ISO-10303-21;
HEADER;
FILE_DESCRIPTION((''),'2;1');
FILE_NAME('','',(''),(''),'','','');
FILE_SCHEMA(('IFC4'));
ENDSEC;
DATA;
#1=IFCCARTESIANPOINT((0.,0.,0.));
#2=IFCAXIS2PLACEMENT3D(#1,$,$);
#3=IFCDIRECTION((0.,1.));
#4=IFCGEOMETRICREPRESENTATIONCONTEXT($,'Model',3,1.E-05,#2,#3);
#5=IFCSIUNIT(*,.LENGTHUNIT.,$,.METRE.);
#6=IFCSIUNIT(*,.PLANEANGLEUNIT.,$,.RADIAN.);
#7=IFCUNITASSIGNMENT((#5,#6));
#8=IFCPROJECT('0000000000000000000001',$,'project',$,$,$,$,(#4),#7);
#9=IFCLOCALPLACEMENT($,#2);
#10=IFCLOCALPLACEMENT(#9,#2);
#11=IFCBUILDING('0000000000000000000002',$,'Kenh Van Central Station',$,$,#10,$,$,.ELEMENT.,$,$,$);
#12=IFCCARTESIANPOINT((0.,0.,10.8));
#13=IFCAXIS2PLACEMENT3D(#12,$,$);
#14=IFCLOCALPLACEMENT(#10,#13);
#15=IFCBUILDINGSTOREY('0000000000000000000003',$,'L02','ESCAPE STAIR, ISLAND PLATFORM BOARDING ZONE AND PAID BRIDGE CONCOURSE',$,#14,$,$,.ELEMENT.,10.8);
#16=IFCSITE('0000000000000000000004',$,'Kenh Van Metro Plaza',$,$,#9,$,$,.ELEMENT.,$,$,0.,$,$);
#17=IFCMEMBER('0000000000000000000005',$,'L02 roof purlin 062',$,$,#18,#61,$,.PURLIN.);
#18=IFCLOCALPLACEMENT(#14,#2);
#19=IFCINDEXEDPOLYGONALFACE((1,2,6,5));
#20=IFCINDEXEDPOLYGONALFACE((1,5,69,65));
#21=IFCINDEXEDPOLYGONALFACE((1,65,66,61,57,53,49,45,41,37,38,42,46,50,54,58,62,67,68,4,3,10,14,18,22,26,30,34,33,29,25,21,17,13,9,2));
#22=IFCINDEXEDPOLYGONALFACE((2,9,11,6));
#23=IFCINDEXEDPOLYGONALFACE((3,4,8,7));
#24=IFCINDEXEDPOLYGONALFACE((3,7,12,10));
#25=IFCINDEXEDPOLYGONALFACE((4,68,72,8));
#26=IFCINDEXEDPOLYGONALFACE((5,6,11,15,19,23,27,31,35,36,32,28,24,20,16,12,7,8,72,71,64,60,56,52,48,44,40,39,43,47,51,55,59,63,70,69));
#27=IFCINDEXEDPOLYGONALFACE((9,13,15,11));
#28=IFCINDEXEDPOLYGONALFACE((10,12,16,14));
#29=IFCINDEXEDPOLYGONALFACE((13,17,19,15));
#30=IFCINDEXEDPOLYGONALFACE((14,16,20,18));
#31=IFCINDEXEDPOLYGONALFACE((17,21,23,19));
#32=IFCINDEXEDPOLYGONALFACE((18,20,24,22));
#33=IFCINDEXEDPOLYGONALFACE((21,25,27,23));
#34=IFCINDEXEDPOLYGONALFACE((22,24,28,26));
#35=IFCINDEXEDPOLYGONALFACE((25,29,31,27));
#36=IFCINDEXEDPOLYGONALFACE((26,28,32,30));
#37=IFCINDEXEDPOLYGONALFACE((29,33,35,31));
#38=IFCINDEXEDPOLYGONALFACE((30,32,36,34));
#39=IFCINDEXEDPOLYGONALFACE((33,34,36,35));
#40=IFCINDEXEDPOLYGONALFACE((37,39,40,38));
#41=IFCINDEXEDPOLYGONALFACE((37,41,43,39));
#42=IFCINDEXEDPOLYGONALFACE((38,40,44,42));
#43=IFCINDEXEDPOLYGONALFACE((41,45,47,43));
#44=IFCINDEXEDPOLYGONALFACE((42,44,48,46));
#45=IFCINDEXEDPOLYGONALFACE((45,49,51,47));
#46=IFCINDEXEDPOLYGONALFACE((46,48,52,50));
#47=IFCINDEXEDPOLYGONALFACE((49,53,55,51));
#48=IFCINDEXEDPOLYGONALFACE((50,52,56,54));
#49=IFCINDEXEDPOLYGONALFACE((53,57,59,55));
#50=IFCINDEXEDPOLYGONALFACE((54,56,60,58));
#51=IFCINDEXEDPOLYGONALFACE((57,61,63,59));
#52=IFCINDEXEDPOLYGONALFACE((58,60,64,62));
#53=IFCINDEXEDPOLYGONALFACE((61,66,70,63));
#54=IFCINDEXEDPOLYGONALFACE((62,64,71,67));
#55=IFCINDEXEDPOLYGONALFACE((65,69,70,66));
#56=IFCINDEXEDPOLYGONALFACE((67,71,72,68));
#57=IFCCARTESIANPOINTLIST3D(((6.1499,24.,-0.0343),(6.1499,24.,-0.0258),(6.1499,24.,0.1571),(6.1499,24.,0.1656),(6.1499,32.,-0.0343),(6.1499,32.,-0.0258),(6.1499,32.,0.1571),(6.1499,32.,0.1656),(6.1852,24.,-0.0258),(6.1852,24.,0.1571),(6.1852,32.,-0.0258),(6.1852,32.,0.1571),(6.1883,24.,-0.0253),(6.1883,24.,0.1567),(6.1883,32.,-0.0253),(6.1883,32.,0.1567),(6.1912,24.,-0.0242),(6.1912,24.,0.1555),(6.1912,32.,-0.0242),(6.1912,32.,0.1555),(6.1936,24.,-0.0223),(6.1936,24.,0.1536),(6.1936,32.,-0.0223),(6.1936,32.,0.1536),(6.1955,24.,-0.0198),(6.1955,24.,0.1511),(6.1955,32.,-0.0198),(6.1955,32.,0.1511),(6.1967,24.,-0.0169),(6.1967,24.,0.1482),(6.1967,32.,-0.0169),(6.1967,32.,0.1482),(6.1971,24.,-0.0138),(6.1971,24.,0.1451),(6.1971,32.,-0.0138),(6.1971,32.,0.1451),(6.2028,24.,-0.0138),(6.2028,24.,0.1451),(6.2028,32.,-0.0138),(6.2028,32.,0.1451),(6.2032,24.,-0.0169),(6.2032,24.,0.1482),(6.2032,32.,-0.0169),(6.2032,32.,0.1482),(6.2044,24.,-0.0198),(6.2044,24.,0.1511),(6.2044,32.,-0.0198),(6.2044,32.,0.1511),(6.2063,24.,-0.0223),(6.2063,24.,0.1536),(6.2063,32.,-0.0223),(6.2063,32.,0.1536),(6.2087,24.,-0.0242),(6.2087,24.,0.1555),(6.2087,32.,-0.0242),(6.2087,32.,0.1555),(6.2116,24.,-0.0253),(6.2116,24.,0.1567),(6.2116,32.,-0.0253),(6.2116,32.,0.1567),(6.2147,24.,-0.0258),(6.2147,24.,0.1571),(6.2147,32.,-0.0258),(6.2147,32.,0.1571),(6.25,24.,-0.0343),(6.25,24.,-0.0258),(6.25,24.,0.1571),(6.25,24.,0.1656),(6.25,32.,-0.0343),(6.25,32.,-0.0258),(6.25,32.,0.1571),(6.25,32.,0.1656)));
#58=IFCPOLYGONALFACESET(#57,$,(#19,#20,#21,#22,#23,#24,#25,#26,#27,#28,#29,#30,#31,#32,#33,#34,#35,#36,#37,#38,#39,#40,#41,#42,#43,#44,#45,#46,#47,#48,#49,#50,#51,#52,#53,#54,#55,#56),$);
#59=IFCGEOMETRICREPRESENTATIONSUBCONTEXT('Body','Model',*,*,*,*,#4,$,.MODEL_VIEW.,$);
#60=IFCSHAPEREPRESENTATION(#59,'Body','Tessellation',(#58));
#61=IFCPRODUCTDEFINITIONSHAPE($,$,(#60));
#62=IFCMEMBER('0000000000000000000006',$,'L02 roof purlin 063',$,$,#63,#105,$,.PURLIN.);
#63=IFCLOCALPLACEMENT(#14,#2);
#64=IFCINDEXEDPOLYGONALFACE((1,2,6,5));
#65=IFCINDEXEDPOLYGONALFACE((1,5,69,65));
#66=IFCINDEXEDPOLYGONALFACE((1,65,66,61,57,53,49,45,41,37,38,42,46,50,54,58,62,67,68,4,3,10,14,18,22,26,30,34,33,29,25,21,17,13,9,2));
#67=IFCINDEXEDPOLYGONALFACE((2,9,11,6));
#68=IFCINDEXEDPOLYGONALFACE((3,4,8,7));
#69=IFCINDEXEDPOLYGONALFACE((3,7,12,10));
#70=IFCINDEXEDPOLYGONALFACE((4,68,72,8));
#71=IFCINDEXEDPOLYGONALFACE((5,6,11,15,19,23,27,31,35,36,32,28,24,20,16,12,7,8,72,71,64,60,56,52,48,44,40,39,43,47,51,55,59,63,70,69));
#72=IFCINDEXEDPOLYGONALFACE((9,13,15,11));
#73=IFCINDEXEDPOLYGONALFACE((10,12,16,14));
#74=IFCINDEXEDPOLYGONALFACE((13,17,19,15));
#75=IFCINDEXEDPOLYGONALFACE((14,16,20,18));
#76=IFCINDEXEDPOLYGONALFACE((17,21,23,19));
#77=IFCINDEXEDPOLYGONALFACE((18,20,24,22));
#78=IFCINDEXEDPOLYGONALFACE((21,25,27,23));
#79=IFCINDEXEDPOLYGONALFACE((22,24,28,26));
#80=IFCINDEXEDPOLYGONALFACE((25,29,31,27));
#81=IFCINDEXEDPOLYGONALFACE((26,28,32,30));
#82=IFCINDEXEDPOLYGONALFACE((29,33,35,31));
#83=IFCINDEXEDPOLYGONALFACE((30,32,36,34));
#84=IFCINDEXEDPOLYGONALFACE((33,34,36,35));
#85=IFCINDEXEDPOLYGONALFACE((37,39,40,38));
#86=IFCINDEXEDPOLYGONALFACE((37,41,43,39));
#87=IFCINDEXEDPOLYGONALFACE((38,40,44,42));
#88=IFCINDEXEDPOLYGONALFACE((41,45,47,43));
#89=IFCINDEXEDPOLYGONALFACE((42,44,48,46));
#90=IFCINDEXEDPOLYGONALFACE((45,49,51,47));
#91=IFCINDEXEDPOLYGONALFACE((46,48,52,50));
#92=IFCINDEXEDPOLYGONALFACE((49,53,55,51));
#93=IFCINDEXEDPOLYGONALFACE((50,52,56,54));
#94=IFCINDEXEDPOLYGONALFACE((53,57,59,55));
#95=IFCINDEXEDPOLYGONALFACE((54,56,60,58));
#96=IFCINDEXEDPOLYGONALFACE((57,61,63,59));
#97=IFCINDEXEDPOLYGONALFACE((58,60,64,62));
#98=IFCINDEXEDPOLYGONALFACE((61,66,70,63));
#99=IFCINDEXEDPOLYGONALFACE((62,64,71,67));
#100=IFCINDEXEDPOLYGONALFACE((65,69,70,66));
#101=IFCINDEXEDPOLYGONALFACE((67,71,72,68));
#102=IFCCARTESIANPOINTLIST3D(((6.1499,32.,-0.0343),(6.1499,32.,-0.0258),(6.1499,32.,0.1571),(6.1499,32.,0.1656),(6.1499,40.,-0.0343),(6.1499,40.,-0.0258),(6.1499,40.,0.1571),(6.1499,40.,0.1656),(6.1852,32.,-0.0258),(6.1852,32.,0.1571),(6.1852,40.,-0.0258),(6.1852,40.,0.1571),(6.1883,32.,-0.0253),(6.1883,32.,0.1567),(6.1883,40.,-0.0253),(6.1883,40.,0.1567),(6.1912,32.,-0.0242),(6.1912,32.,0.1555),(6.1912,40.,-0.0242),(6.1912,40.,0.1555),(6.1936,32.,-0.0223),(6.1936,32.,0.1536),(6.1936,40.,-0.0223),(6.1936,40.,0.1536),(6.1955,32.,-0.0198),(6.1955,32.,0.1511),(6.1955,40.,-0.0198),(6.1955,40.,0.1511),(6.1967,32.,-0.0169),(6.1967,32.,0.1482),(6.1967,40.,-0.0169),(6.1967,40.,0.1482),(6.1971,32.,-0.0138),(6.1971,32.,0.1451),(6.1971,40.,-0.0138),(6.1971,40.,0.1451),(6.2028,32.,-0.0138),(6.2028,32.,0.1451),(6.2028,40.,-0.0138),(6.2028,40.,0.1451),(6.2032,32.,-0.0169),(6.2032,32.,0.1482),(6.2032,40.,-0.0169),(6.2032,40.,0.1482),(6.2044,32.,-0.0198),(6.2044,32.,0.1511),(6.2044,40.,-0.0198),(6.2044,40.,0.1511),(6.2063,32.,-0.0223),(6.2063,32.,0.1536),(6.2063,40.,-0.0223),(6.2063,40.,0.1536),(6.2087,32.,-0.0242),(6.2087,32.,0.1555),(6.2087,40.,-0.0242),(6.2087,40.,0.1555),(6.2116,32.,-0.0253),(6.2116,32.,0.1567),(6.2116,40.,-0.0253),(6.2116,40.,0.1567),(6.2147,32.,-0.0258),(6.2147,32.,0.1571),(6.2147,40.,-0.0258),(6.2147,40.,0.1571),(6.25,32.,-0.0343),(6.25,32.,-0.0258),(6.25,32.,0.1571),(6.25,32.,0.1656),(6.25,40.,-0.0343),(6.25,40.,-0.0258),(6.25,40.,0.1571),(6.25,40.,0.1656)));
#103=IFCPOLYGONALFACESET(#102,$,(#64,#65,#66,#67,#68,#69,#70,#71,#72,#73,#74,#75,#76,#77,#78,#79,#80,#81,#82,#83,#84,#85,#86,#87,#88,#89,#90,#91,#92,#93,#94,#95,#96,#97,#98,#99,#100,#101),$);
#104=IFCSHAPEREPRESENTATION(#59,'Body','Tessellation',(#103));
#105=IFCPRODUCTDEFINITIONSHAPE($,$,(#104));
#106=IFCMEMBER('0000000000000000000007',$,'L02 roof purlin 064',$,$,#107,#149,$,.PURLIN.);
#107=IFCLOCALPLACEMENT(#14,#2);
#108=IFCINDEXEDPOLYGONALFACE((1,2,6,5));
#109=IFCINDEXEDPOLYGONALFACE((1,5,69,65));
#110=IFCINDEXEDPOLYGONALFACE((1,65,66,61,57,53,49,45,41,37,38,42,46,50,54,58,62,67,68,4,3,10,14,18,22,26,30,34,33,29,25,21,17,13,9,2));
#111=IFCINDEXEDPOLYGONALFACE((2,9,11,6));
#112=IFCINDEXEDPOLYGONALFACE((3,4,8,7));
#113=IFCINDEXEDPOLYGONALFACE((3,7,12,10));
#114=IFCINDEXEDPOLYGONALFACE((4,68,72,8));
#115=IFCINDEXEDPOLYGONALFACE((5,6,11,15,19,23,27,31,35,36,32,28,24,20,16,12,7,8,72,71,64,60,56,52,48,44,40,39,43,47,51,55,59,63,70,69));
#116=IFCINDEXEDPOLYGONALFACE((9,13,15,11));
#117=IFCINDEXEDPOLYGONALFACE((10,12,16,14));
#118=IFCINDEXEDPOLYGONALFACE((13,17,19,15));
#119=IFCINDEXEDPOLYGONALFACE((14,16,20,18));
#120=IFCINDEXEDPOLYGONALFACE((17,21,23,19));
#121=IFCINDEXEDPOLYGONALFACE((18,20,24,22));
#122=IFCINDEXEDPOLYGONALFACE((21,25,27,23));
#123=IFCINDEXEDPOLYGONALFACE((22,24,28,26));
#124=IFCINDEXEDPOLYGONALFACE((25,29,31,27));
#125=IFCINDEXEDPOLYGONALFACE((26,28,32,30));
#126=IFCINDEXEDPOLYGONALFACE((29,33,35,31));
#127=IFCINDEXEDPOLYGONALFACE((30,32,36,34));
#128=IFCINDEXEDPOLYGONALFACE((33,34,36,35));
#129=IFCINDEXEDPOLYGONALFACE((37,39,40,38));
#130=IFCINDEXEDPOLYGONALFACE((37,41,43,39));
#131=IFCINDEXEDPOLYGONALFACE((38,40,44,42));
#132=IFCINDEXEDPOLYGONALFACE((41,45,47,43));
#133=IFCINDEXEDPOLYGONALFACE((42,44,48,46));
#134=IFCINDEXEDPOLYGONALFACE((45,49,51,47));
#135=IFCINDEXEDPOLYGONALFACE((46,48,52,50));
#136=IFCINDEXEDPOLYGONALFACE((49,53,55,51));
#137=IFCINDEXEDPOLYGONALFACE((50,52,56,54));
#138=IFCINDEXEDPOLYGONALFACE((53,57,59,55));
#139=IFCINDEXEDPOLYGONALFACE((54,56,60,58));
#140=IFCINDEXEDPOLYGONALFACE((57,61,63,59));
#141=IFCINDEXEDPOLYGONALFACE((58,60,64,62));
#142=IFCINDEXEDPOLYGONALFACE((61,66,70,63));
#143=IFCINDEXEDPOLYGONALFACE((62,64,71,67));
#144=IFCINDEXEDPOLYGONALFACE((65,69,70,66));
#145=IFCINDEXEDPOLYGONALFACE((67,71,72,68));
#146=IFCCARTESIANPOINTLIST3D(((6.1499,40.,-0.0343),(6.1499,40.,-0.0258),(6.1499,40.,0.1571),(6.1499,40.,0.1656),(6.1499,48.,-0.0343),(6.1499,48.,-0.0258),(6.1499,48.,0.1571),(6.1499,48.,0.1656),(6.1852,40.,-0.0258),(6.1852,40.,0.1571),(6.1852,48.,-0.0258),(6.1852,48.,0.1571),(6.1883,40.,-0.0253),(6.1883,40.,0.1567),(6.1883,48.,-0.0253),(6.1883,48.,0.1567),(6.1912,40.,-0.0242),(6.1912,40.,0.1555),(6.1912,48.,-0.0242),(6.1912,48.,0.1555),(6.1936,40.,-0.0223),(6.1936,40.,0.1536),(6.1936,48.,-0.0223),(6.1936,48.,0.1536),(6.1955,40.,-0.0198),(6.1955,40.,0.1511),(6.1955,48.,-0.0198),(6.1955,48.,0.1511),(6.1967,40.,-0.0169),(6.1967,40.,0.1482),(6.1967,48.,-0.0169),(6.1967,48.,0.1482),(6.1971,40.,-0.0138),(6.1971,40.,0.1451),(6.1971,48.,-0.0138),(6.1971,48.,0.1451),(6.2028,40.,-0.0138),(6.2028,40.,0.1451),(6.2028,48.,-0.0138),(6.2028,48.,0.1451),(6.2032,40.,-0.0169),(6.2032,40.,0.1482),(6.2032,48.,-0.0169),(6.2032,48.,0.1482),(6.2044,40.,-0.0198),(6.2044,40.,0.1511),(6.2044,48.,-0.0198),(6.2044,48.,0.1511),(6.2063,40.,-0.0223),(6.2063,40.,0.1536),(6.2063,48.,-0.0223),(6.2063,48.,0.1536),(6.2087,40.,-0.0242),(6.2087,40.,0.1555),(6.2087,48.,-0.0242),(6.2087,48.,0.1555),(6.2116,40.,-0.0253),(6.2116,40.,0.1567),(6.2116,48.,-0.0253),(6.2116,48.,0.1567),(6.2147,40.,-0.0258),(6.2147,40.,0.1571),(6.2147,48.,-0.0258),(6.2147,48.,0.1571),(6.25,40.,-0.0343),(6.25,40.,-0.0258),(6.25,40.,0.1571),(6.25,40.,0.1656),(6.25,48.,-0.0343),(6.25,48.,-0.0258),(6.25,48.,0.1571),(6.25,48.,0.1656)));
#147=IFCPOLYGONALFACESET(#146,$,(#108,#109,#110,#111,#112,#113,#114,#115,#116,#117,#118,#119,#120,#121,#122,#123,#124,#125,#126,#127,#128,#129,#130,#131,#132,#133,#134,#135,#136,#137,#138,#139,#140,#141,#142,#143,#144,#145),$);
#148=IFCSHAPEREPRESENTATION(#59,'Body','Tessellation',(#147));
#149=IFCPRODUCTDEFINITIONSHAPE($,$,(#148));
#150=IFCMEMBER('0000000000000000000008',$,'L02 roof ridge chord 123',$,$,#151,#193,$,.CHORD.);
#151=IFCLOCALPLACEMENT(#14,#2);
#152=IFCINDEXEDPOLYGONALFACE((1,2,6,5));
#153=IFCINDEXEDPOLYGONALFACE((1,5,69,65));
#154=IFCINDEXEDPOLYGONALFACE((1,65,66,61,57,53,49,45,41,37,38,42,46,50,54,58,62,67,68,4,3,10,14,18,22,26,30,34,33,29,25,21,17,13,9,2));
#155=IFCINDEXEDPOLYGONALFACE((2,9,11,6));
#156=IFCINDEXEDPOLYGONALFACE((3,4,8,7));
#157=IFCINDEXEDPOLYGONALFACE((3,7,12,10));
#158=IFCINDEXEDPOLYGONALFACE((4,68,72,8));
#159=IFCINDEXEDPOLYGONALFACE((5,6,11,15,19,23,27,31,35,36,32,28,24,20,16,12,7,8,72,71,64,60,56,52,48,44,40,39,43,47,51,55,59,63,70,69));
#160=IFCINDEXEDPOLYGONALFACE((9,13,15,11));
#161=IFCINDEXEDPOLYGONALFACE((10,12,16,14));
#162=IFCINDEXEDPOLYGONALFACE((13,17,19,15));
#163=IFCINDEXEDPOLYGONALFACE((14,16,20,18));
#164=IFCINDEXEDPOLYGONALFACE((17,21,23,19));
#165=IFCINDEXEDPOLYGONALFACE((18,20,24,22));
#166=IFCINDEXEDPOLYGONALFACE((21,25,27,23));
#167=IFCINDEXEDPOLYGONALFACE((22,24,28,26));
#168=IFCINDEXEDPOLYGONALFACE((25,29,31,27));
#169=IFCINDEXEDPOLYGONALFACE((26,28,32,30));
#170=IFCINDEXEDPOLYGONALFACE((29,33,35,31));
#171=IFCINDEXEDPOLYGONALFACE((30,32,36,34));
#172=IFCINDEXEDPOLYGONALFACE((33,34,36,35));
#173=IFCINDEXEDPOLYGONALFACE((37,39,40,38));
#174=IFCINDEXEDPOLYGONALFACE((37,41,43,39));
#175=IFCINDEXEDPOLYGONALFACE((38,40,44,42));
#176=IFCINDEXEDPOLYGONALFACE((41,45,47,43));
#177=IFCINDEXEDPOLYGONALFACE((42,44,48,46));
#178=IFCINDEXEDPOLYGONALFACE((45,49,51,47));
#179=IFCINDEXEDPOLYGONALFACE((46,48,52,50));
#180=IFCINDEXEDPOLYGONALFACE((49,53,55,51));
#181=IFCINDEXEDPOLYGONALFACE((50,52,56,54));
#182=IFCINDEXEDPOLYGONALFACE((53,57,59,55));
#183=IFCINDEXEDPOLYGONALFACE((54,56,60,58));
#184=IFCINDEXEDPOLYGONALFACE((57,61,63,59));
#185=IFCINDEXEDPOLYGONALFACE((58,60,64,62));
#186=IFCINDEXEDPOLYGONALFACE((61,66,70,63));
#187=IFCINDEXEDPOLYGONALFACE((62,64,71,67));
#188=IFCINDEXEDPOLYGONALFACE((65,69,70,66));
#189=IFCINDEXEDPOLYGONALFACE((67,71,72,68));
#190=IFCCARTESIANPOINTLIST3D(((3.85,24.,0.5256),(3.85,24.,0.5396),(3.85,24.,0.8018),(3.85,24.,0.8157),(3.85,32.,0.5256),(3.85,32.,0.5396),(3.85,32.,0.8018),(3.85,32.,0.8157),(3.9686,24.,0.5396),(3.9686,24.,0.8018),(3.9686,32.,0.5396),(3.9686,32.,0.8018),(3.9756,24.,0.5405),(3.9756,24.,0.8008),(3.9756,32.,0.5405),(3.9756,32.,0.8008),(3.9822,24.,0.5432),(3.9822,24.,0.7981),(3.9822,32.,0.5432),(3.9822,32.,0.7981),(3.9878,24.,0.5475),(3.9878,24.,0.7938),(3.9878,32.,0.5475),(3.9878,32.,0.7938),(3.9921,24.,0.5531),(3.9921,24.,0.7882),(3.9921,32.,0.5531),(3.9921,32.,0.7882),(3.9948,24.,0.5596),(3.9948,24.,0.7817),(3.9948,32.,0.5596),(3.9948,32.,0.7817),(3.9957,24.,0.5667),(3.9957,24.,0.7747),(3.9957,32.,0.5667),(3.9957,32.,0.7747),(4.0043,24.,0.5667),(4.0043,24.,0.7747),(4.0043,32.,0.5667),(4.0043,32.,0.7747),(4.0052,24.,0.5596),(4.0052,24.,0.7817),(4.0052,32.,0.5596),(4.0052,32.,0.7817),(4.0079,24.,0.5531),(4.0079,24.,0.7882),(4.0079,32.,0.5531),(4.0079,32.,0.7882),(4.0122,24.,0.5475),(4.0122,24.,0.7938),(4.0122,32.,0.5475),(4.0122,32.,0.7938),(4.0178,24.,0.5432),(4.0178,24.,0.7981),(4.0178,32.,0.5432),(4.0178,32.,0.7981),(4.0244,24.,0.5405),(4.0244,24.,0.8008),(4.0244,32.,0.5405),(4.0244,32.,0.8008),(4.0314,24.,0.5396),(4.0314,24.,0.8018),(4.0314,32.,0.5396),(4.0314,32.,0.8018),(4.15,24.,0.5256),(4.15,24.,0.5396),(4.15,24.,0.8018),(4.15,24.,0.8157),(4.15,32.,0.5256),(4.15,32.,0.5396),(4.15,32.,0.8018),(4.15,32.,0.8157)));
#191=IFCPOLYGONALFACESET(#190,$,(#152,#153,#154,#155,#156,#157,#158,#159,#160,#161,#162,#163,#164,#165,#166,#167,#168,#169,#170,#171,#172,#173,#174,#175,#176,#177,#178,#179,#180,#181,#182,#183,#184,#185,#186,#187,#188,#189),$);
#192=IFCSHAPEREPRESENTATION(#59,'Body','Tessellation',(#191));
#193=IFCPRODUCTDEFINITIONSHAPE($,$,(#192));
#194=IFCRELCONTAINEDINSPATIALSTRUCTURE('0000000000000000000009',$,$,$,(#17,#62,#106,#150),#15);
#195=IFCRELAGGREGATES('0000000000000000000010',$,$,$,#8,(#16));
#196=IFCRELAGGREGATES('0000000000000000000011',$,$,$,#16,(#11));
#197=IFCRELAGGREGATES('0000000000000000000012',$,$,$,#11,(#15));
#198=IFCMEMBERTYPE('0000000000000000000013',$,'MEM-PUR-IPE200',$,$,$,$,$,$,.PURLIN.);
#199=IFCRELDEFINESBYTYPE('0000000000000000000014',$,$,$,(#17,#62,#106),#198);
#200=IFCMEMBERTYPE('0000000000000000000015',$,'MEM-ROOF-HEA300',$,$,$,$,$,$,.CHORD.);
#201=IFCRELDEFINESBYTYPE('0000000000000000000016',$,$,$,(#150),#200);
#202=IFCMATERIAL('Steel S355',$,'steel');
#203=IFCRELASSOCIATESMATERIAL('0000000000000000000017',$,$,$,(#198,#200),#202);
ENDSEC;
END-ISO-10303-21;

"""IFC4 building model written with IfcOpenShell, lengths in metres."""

from ifc_helpers import new_model, si_unit, direction, frame, origin, origin_2d, place, context, subcontext, project, spatial, i_section, extrude, material, material_profile, profile_set, type_object, element, save


model = new_model("IFC4")

# Units and contexts
model_context = context("Model", 3, precision=1e-05, world=origin(), true_north=direction((0.0, 1.0)))
body_context = subcontext(model_context, "Body", "Model", "MODEL_VIEW")
ifc_project = project(units=[si_unit("LENGTHUNIT", "METRE"), si_unit("PLANEANGLEUNIT", "RADIAN")], contexts=[model_context])

# Site, building, storey
site_placement = place(None, origin())
site = spatial("IfcSite", under=ifc_project, at=site_placement, Name="Kenh Van Metro Plaza", CompositionType="ELEMENT", RefElevation=0.0)
building_placement = place(site_placement, origin())
building = spatial("IfcBuilding", under=site, at=building_placement, Name="Kenh Van Central Station", CompositionType="ELEMENT")
storey_placement = place(building_placement, frame((0.0, 0.0, 10.8)))
storey = spatial("IfcBuildingStorey", under=building, at=storey_placement, Name="L02", Description="ESCAPE STAIR, ISLAND PLATFORM BOARDING ZONE AND PAID BRIDGE CONCOURSE", CompositionType="ELEMENT", Elevation=10.8)

# Shared definitions
ifc_material_1 = material(Name="Steel S355", Category="steel")

# Members
ifc_material_profile_1 = material_profile(ifc_material_1, i_section(OverallWidth=0.1001, OverallDepth=0.2, WebThickness=0.0056, FlangeThickness=0.0085, FilletRadius=0.012, at=origin_2d()), Name="IPE 200")
ifc_profile_set_1 = profile_set([ifc_material_profile_1], Name="Steel S355")
member_type_1 = type_object("IfcMemberType", Name="MEM-PUR-IPE200", PredefinedType="PURLIN", material=ifc_profile_set_1)
for number, where, z_axis, x_axis, name in (
    (1, (6.2, 24.0, 0.0657), (0.0, 1.0, 0.0), (-1.0, 0.0, 0.0), "L02 roof purlin 062"),
    (2, (6.2, 32.0, 0.0657), (0.0, 1.0, 0.0), (-1.0, 0.0, 0.0), "L02 roof purlin 063"),
    (3, (6.2, 40.0, 0.0657), (0.0, 1.0, 0.0), (-1.0, 0.0, 0.0), "L02 roof purlin 064"),
):
    element("IfcMember", number, at=place(storey_placement, frame(where, z_axis=z_axis, x_axis=x_axis)), inside=storey, type_object=member_type_1, Name=name, PredefinedType="PURLIN", context=body_context, shape_type="SweptSolid", body=[
        extrude(i_section(OverallWidth=0.1001, OverallDepth=0.2, WebThickness=0.0056, FlangeThickness=0.0085, FilletRadius=0.012, at=origin_2d()), origin(), (0.0, 0.0, 1.0), 8.0),
    ])
ifc_material_profile_2 = material_profile(ifc_material_1, i_section(OverallWidth=0.3, OverallDepth=0.29, WebThickness=0.0085, FlangeThickness=0.0139, FilletRadius=0.0271, at=origin_2d()), Name="HEA 300")
ifc_profile_set_2 = profile_set([ifc_material_profile_2], Name="Steel S355")
member_type_2 = type_object("IfcMemberType", Name="MEM-ROOF-HEA300", PredefinedType="CHORD", material=ifc_profile_set_2)
for number, where, z_axis, x_axis, name in (
    (4, (4.0, 24.0, 0.6707), (0.0, 1.0, 0.0), (-1.0, 0.0, 0.0), "L02 roof ridge chord 123"),
):
    element("IfcMember", number, at=place(storey_placement, frame(where, z_axis=z_axis, x_axis=x_axis)), inside=storey, type_object=member_type_2, Name=name, PredefinedType="CHORD", context=body_context, shape_type="SweptSolid", body=[
        extrude(i_section(OverallWidth=0.3, OverallDepth=0.29, WebThickness=0.0085, FlangeThickness=0.0139, FilletRadius=0.0271, at=origin_2d()), origin(), (0.0, 0.0, 1.0), 8.0),
    ])

save(model, "model.ifc")
